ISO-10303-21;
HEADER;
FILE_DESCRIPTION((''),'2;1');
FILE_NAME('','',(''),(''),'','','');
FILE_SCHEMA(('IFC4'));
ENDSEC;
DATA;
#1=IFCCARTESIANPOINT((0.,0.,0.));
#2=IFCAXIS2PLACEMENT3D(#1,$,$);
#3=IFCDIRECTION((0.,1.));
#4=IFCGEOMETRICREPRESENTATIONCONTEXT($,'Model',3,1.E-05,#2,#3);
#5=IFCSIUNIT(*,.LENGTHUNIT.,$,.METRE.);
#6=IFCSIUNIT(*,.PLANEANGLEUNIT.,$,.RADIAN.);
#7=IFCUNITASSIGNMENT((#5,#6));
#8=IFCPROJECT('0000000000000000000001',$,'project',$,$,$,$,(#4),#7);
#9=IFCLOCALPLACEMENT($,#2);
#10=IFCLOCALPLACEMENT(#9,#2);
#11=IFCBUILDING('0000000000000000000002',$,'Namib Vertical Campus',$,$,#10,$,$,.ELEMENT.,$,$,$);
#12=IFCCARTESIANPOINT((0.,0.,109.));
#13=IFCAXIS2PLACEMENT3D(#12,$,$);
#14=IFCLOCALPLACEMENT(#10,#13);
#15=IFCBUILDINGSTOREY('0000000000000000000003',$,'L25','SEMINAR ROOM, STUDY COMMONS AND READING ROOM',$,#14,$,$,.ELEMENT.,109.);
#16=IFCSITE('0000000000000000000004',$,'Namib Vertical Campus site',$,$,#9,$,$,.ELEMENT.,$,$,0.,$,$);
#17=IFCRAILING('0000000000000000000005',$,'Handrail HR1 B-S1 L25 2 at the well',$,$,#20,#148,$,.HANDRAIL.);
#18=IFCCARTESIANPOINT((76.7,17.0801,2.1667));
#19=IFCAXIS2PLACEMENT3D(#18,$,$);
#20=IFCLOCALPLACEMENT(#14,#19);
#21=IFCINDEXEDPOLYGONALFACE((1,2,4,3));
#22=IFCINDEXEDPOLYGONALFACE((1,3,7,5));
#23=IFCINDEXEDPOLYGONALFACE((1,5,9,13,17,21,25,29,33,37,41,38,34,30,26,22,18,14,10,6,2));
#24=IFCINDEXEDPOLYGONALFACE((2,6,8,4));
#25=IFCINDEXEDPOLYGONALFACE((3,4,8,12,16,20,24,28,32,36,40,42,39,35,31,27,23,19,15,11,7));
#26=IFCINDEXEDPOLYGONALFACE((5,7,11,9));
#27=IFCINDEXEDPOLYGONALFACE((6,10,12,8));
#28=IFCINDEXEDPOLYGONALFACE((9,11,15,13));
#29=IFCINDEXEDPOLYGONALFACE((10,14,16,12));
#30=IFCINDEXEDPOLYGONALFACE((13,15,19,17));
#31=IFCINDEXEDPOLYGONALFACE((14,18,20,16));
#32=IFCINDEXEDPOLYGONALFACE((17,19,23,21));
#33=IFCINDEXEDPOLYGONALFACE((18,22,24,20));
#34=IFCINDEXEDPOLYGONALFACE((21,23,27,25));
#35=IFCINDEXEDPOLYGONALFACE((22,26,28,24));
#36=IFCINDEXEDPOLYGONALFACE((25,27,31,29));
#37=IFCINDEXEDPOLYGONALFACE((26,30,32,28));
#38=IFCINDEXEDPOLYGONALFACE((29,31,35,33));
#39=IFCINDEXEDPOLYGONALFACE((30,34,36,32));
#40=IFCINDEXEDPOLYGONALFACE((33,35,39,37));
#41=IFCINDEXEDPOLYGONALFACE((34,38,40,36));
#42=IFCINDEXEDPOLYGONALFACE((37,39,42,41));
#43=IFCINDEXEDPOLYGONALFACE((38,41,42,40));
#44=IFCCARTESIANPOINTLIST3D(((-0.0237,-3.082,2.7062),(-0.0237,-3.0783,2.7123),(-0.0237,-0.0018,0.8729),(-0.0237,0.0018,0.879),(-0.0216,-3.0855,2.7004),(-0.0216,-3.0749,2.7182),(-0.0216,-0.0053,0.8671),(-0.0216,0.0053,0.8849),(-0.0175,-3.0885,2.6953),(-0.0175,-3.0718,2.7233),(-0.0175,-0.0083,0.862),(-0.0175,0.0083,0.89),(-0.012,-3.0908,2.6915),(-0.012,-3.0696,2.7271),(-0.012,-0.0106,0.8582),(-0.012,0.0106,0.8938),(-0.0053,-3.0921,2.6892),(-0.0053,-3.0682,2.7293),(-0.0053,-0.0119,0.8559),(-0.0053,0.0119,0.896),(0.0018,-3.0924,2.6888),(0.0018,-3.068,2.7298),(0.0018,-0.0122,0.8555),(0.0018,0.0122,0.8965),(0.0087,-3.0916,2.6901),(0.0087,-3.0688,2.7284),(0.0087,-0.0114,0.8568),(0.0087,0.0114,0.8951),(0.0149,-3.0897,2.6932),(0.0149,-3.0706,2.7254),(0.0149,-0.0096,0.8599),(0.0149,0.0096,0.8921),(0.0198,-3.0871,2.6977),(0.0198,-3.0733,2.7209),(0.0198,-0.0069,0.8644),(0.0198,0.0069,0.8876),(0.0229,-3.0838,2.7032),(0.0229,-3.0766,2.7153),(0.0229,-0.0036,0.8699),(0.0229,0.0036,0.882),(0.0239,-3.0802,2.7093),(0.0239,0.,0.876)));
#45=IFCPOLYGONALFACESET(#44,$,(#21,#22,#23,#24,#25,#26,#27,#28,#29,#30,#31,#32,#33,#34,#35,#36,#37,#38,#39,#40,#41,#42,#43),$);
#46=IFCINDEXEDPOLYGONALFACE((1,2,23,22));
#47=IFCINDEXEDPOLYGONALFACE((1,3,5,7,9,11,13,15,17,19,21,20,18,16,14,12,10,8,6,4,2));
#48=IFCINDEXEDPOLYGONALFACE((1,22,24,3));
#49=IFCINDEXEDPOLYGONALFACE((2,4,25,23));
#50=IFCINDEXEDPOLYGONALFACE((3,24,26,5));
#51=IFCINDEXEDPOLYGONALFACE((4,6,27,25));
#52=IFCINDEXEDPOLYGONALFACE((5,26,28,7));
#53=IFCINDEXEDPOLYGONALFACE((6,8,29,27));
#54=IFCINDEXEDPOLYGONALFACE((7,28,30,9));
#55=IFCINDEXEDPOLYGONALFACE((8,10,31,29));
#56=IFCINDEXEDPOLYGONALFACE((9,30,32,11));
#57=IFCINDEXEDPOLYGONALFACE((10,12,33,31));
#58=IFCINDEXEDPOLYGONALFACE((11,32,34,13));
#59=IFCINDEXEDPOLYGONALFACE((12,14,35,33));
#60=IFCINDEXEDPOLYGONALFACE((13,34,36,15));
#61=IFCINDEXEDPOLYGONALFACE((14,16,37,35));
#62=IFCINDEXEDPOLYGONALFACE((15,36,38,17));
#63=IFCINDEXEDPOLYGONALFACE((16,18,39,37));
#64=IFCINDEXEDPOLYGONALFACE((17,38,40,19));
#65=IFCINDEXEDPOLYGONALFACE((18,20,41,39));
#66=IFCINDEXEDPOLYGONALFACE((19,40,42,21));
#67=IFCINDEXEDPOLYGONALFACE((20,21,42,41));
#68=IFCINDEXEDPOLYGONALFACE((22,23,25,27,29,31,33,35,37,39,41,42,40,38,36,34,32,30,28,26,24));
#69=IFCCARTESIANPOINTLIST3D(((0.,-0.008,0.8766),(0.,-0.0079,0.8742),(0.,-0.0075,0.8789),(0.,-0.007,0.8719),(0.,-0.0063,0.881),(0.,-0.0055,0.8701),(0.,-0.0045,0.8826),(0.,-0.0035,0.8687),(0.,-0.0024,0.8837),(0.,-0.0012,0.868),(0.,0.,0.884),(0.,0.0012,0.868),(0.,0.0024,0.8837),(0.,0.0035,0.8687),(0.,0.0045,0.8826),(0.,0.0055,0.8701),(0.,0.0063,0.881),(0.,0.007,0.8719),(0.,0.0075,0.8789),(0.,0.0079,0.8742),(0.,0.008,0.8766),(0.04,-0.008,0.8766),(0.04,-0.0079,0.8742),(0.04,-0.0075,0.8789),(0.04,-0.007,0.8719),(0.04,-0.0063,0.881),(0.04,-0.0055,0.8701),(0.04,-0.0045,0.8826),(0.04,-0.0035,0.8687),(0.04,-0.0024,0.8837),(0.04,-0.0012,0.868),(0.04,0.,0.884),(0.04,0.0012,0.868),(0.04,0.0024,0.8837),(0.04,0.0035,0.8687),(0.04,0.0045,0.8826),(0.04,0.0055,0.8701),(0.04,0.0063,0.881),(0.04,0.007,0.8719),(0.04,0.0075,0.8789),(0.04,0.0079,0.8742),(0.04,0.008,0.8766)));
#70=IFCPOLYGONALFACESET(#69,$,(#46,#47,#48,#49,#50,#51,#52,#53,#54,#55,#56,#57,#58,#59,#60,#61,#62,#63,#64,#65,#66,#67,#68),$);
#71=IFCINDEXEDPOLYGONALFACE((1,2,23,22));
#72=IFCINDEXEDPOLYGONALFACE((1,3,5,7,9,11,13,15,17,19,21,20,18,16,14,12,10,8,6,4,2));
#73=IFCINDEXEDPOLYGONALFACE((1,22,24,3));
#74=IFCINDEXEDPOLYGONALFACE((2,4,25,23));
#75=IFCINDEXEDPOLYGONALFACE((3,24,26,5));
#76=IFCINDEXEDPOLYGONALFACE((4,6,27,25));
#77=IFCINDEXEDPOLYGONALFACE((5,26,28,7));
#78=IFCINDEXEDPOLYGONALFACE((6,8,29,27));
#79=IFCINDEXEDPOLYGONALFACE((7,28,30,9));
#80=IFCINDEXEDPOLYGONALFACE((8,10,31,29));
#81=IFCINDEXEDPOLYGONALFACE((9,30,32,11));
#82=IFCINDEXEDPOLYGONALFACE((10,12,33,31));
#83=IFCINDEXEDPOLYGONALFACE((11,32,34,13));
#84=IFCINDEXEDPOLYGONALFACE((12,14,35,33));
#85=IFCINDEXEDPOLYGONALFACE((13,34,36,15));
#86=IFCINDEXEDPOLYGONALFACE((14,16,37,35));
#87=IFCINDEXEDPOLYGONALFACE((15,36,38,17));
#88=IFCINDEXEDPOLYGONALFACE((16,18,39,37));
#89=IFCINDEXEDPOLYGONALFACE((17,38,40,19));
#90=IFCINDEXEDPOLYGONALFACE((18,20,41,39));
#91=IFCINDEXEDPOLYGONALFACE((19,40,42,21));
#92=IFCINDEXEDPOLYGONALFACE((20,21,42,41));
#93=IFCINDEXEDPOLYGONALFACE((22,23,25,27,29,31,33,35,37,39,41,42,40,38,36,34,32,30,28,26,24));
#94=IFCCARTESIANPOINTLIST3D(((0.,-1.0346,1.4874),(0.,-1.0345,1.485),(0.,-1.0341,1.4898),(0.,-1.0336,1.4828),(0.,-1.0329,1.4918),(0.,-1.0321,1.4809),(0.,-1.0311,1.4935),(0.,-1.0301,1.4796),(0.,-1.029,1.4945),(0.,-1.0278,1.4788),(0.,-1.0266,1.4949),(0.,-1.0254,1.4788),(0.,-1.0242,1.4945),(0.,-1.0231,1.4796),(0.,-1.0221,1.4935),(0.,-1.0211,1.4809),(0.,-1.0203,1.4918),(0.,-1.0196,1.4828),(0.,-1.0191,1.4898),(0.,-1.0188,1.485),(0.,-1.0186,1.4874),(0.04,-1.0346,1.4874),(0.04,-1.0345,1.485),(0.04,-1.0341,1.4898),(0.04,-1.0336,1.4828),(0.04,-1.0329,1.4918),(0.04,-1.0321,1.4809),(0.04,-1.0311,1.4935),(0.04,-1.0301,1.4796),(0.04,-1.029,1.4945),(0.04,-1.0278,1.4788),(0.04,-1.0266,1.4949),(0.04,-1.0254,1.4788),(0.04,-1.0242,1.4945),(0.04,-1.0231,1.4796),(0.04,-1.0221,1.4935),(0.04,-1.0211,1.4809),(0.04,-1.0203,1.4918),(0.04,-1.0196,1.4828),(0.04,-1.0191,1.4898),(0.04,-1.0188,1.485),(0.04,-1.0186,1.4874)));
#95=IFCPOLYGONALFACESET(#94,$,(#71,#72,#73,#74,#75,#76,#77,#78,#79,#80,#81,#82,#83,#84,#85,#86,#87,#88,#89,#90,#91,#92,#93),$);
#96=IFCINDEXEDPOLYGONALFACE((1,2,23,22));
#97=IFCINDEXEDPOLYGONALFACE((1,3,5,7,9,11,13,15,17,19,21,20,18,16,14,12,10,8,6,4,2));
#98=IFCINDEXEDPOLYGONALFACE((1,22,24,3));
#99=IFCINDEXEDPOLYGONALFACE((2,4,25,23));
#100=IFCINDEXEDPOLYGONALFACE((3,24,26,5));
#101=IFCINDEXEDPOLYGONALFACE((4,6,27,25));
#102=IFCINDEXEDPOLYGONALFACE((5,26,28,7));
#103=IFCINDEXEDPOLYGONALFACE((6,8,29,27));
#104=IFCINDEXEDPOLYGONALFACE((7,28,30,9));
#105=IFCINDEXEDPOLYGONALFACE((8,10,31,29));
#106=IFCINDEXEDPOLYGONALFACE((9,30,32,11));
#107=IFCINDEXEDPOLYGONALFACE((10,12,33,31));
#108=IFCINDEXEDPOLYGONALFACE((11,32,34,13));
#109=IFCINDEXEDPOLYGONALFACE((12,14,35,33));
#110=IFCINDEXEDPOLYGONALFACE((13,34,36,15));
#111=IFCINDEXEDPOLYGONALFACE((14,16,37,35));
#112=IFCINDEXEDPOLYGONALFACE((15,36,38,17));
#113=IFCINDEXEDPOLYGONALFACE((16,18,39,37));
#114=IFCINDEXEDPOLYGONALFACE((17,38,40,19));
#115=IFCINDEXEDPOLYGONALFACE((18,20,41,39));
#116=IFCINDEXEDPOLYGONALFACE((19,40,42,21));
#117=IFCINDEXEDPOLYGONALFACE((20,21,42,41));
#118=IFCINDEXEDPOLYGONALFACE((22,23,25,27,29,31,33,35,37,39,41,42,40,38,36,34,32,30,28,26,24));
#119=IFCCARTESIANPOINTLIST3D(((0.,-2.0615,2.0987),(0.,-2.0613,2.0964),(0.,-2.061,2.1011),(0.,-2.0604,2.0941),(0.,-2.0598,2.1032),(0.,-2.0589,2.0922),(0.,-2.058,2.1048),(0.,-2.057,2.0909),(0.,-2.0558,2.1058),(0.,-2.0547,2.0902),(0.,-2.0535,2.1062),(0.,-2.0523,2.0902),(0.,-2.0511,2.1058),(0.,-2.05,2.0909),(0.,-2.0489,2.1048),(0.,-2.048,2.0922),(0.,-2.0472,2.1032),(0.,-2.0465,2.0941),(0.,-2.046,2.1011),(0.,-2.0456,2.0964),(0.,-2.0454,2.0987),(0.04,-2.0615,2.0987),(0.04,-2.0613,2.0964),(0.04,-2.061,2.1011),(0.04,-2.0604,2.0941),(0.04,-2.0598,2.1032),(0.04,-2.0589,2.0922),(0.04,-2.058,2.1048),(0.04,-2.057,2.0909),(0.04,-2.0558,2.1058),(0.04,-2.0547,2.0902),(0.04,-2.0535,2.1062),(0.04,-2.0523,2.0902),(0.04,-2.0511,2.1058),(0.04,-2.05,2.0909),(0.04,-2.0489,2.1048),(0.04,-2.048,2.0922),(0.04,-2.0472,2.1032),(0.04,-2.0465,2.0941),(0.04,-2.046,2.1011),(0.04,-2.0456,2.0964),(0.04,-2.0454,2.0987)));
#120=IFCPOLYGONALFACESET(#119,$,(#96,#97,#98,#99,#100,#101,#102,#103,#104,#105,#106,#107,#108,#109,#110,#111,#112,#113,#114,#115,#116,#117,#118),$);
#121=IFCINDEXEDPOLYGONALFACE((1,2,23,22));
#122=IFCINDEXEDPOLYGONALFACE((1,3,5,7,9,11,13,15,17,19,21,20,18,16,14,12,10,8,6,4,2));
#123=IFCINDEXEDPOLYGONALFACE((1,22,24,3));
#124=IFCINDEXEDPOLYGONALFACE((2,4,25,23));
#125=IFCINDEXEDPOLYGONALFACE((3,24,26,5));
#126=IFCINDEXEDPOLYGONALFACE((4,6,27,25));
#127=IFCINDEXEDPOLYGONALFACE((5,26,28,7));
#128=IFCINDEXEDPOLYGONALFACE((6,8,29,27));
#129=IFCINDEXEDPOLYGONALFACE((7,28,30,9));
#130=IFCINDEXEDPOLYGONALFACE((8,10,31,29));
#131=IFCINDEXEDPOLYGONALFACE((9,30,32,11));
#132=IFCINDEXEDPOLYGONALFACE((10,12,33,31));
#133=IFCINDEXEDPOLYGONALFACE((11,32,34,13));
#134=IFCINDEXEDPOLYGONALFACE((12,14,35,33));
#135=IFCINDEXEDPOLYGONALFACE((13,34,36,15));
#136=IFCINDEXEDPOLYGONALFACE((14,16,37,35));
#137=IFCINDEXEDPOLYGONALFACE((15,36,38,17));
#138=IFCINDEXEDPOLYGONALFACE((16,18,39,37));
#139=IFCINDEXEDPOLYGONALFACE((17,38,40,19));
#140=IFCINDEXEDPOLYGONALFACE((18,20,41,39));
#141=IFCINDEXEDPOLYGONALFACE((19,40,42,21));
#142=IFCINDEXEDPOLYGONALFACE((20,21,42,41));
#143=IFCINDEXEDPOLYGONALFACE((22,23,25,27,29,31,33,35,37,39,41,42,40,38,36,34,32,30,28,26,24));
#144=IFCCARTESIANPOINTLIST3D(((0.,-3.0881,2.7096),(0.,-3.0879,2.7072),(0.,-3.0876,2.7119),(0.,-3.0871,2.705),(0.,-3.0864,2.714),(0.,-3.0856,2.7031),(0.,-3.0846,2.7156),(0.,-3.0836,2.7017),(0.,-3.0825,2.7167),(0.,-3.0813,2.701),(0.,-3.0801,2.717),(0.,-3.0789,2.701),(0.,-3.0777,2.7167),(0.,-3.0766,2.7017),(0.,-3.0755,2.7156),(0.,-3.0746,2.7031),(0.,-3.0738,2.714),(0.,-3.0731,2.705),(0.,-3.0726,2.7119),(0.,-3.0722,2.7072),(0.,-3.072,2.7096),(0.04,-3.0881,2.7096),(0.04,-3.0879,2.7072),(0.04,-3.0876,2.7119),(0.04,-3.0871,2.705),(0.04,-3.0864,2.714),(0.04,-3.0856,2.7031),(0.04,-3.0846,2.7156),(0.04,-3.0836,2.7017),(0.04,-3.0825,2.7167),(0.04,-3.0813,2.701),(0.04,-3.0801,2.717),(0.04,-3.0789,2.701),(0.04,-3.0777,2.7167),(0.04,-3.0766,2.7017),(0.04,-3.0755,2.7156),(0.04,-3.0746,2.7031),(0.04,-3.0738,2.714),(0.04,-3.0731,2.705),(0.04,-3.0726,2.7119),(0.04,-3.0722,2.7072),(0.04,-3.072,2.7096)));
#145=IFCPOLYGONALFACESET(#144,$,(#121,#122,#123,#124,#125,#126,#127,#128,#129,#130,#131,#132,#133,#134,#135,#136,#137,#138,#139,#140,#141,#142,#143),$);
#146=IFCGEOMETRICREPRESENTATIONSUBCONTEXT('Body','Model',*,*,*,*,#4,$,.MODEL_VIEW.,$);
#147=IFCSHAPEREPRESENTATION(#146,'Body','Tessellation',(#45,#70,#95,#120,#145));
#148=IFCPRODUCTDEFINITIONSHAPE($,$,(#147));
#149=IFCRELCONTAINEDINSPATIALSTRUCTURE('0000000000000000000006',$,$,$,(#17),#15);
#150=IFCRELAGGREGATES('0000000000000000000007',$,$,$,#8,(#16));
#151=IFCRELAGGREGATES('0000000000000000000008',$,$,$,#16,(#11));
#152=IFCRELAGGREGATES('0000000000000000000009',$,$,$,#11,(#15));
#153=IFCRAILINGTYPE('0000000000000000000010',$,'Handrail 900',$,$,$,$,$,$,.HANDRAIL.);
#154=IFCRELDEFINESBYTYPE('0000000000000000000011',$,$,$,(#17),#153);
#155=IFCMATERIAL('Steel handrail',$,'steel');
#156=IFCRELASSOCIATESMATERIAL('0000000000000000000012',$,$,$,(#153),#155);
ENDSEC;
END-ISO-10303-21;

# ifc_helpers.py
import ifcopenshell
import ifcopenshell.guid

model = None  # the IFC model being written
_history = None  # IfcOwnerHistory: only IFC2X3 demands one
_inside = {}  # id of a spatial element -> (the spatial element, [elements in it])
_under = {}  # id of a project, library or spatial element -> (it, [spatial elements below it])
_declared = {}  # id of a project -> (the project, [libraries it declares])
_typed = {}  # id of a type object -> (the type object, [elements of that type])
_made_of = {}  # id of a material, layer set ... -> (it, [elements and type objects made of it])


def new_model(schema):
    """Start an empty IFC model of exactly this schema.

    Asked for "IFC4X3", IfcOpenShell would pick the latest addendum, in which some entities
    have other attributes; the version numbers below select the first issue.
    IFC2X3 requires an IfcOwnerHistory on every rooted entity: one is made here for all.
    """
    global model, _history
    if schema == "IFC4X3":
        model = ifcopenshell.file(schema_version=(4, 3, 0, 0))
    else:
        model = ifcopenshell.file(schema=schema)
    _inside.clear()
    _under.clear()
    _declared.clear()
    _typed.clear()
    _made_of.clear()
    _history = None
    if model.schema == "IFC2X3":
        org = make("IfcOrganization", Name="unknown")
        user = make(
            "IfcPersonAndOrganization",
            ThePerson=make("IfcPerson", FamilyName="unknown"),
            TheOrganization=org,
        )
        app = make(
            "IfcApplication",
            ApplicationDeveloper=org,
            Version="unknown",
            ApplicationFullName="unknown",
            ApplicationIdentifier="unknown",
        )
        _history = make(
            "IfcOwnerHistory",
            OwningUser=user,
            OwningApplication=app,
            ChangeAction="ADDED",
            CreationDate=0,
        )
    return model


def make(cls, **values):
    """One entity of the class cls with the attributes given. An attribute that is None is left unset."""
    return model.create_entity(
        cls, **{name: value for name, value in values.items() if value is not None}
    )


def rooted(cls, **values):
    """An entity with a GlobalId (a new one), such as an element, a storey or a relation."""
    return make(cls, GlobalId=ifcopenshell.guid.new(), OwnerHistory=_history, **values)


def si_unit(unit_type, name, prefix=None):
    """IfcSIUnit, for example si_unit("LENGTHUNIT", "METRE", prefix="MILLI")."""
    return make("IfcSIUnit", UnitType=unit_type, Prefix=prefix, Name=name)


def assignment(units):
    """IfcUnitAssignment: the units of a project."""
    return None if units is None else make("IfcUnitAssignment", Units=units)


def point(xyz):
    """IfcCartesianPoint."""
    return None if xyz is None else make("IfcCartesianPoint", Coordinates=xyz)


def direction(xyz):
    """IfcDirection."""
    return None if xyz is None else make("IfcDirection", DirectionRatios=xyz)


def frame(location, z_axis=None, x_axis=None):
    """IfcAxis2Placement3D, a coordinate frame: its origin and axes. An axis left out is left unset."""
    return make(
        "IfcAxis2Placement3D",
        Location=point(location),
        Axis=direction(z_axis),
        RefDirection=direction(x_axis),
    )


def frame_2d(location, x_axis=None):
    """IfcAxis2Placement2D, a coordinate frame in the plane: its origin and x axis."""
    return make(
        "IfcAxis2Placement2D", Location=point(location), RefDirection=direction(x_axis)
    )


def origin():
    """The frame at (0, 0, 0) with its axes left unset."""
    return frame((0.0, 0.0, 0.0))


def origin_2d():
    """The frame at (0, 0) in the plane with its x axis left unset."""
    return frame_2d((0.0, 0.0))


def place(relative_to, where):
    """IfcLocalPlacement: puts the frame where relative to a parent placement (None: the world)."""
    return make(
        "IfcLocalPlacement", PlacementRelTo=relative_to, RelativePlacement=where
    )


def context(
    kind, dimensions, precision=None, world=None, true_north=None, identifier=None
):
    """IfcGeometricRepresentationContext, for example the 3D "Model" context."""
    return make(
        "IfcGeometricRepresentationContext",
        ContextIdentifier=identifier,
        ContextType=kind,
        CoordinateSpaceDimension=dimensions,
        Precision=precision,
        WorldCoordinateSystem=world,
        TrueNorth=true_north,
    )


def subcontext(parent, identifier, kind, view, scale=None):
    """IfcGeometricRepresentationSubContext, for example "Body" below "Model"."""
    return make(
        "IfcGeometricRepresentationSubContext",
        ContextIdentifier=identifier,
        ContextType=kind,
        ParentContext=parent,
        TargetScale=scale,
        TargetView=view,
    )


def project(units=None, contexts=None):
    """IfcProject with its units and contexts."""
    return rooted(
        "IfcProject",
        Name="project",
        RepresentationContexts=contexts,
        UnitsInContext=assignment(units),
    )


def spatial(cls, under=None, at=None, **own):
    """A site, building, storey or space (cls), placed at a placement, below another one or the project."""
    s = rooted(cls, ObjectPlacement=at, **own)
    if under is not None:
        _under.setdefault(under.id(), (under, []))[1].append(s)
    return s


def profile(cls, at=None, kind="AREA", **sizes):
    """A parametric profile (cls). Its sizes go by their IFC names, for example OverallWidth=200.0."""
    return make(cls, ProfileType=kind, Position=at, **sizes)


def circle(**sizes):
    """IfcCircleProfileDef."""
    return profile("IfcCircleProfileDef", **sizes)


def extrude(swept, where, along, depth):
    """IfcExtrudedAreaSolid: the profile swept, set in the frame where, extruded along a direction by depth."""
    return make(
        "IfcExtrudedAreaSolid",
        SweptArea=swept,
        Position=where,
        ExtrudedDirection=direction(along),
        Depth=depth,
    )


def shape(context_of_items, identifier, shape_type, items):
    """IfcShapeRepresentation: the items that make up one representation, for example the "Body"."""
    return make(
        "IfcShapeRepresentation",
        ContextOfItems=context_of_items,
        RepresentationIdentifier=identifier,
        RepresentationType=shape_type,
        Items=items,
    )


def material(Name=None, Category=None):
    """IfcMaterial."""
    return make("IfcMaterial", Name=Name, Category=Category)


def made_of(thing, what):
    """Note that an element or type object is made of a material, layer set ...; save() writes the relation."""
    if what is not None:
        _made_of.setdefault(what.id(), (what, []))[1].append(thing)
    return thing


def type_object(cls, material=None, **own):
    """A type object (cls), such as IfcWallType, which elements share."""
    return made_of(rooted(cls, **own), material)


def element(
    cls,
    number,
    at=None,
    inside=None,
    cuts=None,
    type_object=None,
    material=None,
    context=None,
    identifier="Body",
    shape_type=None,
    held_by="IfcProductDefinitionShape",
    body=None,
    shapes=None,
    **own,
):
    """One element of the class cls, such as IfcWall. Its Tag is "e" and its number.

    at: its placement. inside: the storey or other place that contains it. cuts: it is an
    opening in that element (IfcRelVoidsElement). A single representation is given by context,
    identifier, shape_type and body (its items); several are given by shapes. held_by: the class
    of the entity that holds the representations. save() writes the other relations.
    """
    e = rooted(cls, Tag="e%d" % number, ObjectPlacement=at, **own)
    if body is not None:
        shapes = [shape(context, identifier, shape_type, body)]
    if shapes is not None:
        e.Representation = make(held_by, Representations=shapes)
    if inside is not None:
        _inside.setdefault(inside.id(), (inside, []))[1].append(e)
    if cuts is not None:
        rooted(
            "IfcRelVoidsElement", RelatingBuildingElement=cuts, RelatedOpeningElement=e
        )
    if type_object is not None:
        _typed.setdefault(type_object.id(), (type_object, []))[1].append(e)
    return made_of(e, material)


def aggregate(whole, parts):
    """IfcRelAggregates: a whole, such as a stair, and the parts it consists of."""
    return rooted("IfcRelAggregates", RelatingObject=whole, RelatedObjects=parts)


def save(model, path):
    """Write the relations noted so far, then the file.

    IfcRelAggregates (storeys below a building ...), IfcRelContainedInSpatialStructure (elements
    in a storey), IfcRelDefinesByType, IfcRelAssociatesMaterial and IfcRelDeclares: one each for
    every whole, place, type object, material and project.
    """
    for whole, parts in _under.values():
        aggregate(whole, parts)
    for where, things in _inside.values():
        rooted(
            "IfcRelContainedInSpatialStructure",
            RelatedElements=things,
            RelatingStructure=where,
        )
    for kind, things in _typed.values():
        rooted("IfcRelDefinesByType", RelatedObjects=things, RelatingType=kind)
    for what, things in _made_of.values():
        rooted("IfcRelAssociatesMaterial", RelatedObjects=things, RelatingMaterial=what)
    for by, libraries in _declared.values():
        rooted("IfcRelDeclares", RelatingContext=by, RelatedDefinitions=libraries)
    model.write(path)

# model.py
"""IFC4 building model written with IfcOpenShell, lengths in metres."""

from ifc_helpers import new_model, si_unit, direction, frame, origin, origin_2d, place, context, subcontext, project, spatial, circle, extrude, material, type_object, element, save


model = new_model("IFC4")

# Units and contexts
model_context = context("Model", 3, precision=1e-05, world=origin(), true_north=direction((0.0, 1.0)))
body_context = subcontext(model_context, "Body", "Model", "MODEL_VIEW")
ifc_project = project(units=[si_unit("LENGTHUNIT", "METRE"), si_unit("PLANEANGLEUNIT", "RADIAN")], contexts=[model_context])

# Site, building, storey
site_placement = place(None, origin())
site = spatial("IfcSite", under=ifc_project, at=site_placement, Name="Namib Vertical Campus site", CompositionType="ELEMENT", RefElevation=0.0)
building_placement = place(site_placement, origin())
building = spatial("IfcBuilding", under=site, at=building_placement, Name="Namib Vertical Campus", CompositionType="ELEMENT")
storey_placement = place(building_placement, frame((0.0, 0.0, 109.0)))
storey = spatial("IfcBuildingStorey", under=building, at=storey_placement, Name="L25", Description="SEMINAR ROOM, STUDY COMMONS AND READING ROOM", CompositionType="ELEMENT", Elevation=109.0)

# Railing
ifc_material_1 = material(Name="Steel handrail", Category="steel")
railing_type = type_object("IfcRailingType", Name="Handrail 900", PredefinedType="HANDRAIL", material=ifc_material_1)
railing_1_placement = place(storey_placement, frame((76.7, 17.0801, 2.1667)))
element("IfcRailing", 1, at=railing_1_placement, inside=storey, type_object=railing_type, Name="Handrail HR1 B-S1 L25 2 at the well", PredefinedType="HANDRAIL", context=body_context, shape_type="SweptSolid", body=[
    extrude(circle(Radius=0.0239, at=origin_2d()), frame((0.0, 0.0, 0.876), z_axis=(0.0, -0.859309, 0.511458), x_axis=(1.0, 0.0, 0.0)), (0.0, 0.0, 1.0), 3.5845),
    extrude(circle(Radius=0.0081, at=origin_2d()), frame((0.0, 0.0, 0.876), z_axis=(1.0, 0.0, 0.0), x_axis=(0.0, 0.0, 1.0)), (0.0, 0.0, 1.0), 0.04),
    extrude(circle(Radius=0.0081, at=origin_2d()), frame((0.0, -1.0266, 1.4868), z_axis=(1.0, 0.0, 0.0), x_axis=(0.0, 0.0, 1.0)), (0.0, 0.0, 1.0), 0.04),
    extrude(circle(Radius=0.0081, at=origin_2d()), frame((0.0, -2.0535, 2.0981), z_axis=(1.0, 0.0, 0.0), x_axis=(0.0, 0.0, 1.0)), (0.0, 0.0, 1.0), 0.04),
    extrude(circle(Radius=0.0081, at=origin_2d()), frame((0.0, -3.0801, 2.709), z_axis=(1.0, 0.0, 0.0), x_axis=(0.0, 0.0, 1.0)), (0.0, 0.0, 1.0), 0.04),
])

save(model, "model.ifc")
